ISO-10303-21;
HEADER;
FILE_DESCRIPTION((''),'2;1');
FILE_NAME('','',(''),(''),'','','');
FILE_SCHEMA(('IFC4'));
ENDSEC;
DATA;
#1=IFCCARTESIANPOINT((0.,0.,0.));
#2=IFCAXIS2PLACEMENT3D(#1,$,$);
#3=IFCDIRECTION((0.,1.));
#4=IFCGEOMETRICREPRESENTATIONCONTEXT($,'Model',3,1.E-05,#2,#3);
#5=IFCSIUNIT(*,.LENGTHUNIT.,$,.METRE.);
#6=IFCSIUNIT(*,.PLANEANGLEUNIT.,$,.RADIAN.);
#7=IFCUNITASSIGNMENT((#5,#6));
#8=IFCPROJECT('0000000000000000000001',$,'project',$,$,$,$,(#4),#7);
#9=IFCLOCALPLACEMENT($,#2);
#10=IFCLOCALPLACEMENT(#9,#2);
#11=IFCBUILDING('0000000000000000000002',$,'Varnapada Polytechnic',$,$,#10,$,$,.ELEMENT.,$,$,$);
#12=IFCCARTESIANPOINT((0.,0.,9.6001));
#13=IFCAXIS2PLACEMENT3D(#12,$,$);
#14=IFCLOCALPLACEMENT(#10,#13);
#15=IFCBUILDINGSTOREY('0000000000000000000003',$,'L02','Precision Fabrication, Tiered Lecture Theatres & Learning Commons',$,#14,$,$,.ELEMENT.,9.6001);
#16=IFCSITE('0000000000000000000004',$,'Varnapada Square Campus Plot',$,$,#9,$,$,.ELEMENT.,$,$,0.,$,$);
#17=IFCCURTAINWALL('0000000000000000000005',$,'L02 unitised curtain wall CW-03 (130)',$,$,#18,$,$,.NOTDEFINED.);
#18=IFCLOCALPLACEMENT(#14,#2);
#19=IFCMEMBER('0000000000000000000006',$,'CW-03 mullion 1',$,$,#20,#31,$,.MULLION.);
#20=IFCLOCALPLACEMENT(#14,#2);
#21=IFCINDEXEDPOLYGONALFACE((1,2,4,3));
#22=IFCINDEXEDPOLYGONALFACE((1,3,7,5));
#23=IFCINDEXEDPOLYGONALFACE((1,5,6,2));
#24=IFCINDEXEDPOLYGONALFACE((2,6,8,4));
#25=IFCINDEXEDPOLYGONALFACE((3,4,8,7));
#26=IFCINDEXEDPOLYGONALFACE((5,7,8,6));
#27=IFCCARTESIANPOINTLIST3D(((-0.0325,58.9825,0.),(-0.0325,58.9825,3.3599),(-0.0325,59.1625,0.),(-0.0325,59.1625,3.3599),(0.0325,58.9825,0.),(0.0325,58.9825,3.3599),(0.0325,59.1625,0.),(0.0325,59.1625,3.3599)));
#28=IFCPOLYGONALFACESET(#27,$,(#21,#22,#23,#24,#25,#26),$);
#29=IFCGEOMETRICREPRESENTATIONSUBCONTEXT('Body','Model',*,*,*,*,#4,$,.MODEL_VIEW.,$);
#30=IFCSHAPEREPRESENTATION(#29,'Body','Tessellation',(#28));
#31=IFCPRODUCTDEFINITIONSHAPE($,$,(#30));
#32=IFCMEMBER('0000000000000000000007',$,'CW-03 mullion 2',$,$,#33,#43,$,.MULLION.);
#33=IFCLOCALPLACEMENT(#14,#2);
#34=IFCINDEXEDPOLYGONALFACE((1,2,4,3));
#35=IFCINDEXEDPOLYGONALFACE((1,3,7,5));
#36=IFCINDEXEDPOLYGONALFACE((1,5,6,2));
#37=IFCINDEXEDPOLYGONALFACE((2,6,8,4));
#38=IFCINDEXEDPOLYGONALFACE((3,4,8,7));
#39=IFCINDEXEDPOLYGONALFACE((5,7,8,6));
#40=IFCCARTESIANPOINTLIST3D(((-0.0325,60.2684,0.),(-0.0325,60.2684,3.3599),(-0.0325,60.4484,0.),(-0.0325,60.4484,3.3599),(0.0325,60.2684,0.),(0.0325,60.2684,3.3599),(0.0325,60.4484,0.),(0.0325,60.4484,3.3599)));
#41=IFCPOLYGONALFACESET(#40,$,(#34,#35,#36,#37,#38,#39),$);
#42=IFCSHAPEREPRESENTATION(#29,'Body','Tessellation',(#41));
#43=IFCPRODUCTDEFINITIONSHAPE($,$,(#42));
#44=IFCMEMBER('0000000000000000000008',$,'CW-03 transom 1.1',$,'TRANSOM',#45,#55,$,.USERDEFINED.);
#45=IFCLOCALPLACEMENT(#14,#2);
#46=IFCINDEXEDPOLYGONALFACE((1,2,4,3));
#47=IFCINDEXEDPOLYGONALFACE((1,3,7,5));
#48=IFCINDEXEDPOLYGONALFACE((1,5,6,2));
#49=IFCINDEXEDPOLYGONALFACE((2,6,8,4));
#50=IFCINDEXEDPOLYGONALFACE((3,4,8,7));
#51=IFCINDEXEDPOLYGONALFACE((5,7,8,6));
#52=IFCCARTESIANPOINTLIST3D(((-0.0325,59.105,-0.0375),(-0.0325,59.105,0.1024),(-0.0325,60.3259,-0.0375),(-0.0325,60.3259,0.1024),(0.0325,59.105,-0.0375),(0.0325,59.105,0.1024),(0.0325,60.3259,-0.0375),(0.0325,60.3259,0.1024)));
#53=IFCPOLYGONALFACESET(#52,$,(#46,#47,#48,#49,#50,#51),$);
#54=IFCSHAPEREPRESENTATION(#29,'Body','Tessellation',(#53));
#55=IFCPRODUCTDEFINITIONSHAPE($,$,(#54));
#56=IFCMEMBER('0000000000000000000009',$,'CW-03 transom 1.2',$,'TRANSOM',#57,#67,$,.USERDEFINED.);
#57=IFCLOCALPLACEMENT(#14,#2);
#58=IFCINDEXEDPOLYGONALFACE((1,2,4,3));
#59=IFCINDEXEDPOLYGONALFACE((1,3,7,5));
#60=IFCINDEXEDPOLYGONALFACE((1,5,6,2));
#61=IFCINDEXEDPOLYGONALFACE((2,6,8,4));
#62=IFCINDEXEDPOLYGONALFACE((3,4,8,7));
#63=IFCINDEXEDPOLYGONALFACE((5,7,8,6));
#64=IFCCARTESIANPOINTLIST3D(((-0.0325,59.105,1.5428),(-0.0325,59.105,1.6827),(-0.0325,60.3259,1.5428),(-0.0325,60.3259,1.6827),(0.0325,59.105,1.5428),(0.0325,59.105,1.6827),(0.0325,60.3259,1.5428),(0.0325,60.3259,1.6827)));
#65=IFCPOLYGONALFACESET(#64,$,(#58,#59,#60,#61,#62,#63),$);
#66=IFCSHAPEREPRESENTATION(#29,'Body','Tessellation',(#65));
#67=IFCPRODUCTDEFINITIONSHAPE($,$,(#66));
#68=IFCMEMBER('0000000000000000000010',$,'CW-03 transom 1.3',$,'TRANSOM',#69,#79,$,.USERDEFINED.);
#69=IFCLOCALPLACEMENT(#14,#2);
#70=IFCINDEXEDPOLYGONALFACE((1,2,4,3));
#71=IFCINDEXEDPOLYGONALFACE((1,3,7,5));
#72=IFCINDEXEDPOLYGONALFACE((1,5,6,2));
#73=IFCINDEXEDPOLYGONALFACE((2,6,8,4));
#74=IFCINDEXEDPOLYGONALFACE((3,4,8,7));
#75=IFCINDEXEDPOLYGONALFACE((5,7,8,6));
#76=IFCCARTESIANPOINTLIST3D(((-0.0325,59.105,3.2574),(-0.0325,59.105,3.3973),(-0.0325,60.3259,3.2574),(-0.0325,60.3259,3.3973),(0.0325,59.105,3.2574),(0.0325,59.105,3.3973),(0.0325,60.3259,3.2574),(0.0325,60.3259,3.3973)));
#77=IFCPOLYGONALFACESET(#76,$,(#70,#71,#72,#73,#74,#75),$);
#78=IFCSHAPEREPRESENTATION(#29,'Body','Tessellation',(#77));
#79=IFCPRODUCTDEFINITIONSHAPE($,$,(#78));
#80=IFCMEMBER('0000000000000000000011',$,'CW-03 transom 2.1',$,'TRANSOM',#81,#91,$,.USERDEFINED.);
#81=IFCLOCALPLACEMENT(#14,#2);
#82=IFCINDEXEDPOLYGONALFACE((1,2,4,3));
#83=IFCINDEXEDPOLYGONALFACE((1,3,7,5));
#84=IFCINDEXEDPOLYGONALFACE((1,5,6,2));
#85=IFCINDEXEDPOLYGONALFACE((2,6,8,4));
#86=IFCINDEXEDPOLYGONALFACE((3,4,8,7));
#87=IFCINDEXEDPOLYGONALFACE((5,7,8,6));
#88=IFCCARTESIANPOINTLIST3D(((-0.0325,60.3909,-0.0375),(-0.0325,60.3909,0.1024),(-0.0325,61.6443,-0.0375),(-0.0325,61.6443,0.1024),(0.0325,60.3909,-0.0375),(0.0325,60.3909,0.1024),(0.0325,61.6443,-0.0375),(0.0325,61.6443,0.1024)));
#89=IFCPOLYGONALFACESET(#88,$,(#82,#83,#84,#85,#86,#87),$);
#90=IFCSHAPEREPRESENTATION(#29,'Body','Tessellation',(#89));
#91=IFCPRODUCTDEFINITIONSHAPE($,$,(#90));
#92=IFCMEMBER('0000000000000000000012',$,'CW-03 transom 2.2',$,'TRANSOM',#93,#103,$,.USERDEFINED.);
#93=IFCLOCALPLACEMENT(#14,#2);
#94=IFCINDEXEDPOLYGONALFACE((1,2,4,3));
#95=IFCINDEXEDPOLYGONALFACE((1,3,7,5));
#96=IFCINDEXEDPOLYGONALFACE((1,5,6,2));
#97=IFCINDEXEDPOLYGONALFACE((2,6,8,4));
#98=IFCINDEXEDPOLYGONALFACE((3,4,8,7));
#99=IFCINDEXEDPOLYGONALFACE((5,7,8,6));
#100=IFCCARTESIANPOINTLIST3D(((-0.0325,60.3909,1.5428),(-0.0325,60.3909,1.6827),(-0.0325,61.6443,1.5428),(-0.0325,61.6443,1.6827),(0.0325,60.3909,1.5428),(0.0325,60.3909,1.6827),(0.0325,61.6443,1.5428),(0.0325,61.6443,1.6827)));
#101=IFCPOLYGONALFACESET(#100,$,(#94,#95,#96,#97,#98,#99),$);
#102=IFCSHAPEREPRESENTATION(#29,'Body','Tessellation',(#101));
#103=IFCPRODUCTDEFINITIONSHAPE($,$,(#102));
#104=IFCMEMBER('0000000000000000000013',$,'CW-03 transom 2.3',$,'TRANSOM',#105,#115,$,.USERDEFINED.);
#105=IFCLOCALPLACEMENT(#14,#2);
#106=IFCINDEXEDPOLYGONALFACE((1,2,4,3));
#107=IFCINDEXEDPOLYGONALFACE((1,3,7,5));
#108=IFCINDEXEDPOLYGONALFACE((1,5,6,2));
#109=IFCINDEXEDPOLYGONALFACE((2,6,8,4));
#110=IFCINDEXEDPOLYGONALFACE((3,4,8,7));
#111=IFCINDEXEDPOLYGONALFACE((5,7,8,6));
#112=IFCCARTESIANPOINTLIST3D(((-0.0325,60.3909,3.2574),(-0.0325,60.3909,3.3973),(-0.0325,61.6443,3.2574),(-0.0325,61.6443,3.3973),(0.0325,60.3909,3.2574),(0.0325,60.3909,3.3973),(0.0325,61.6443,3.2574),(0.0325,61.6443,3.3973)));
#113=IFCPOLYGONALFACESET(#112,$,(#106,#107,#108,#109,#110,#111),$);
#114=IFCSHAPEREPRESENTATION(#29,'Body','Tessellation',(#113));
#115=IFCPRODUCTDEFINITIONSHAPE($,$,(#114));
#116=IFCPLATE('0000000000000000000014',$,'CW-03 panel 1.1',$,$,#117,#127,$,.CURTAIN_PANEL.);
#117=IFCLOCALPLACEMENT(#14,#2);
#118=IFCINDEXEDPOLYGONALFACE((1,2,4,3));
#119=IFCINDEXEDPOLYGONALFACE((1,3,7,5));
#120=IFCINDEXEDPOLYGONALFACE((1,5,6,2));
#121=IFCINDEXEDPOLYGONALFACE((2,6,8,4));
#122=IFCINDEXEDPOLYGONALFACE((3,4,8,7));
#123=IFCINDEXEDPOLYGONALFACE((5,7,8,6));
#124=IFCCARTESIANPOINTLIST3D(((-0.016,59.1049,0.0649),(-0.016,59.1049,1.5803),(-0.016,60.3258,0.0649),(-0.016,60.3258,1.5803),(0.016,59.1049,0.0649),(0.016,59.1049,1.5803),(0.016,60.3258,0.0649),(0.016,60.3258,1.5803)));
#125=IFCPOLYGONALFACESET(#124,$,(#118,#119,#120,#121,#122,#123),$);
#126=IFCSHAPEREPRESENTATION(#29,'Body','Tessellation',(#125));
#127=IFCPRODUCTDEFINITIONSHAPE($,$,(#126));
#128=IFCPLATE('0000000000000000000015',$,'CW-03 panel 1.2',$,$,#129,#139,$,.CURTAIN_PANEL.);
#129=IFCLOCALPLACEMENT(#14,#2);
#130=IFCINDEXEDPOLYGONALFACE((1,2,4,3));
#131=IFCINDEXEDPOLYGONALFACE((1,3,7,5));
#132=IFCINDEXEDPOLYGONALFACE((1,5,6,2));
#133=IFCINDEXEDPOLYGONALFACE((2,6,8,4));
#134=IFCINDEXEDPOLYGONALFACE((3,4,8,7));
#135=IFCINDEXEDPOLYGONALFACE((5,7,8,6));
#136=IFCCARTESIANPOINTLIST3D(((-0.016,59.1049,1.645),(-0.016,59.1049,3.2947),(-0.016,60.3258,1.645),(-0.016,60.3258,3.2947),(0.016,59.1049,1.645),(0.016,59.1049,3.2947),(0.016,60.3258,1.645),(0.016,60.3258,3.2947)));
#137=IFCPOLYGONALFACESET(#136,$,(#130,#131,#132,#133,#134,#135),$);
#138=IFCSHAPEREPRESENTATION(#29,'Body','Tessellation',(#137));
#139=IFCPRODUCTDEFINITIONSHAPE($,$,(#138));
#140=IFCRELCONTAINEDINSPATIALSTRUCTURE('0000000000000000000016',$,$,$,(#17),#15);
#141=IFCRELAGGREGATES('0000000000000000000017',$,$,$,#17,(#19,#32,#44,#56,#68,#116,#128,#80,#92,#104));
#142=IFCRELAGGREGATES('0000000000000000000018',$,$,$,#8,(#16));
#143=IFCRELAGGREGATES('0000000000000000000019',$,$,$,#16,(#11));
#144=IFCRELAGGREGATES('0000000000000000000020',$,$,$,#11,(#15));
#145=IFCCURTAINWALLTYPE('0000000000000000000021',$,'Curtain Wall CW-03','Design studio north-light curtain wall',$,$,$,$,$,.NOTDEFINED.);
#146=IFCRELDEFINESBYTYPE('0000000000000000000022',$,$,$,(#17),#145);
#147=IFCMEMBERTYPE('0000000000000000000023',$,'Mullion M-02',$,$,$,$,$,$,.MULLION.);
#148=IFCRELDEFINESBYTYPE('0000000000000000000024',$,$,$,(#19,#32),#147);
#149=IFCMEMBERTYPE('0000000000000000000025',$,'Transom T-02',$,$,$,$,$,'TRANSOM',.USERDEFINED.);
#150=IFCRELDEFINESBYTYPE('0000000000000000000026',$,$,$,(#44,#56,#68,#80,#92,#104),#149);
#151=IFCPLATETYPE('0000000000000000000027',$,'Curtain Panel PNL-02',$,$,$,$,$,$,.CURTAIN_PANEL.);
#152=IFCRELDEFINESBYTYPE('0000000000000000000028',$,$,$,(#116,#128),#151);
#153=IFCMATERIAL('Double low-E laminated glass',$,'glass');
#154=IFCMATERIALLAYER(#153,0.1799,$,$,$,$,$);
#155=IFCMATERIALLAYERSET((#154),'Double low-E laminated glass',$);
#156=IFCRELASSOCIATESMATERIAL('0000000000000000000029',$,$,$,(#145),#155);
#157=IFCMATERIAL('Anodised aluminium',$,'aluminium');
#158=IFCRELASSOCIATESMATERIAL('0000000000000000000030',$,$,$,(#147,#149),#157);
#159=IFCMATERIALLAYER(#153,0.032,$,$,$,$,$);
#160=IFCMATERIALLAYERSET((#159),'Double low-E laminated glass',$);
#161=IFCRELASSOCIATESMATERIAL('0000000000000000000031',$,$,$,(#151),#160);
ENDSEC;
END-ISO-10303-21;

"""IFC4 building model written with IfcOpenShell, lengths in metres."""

from ifc_helpers import new_model, si_unit, direction, frame, origin, origin_2d, place, context, subcontext, project, spatial, rectangle, extrude, material, layer, layer_set, material_profile, profile_set, type_object, element, aggregate, save


model = new_model("IFC4")

# Units and contexts
model_context = context("Model", 3, precision=1e-05, world=origin(), true_north=direction((0.0, 1.0)))
body_context = subcontext(model_context, "Body", "Model", "MODEL_VIEW")
ifc_project = project(units=[si_unit("LENGTHUNIT", "METRE"), si_unit("PLANEANGLEUNIT", "RADIAN")], contexts=[model_context])

# Site, building, storey
site_placement = place(None, origin())
site = spatial("IfcSite", under=ifc_project, at=site_placement, Name="Varnapada Square Campus Plot", CompositionType="ELEMENT", RefElevation=0.0)
building_placement = place(site_placement, origin())
building = spatial("IfcBuilding", under=site, at=building_placement, Name="Varnapada Polytechnic", CompositionType="ELEMENT")
storey_placement = place(building_placement, frame((0.0, 0.0, 9.6001)))
storey = spatial("IfcBuildingStorey", under=building, at=storey_placement, Name="L02", Description="Precision Fabrication, Tiered Lecture Theatres & Learning Commons", CompositionType="ELEMENT", Elevation=9.6001)

# Curtain wall, members, plates
ifc_material_1 = material(Name="Double low-E laminated glass", Category="glass")
ifc_layer_1 = layer(ifc_material_1, 0.1799)
ifc_layer_set_1 = layer_set([ifc_layer_1], Name="Double low-E laminated glass")
curtain_wall_type = type_object("IfcCurtainWallType", Name="Curtain Wall CW-03", Description="Design studio north-light curtain wall", PredefinedType="NOTDEFINED", material=ifc_layer_set_1)
curtain_wall_placement = place(storey_placement, origin())
curtain_wall = element("IfcCurtainWall", 1, at=curtain_wall_placement, inside=storey, type_object=curtain_wall_type, Name="L02 unitised curtain wall CW-03 (130)", PredefinedType="NOTDEFINED")
ifc_material_2 = material(Name="Anodised aluminium", Category="aluminium")
ifc_material_profile_1 = material_profile(ifc_material_2, rectangle(XDim=0.0649, YDim=0.1799, at=origin_2d()), Name="ALU M65x180")
ifc_profile_set_1 = profile_set([ifc_material_profile_1], Name="Anodised aluminium")
member_type_1 = type_object("IfcMemberType", Name="Mullion M-02", PredefinedType="MULLION", material=ifc_profile_set_1)
member_1_placement = place(storey_placement, frame((0.0, 59.0725, 0.0), z_axis=(0.0, 0.0, 1.0), x_axis=(-1.0, 0.0, 0.0)))
member_1 = element("IfcMember", 2, at=member_1_placement, type_object=member_type_1, Name="CW-03 mullion 1", PredefinedType="MULLION", context=body_context, shape_type="SweptSolid", body=[
    extrude(rectangle(XDim=0.0649, YDim=0.1799, at=origin_2d()), origin(), (0.0, 0.0, 1.0), 3.3599),
])
member_2_placement = place(storey_placement, frame((0.0, 60.3584, 0.0), z_axis=(0.0, 0.0, 1.0), x_axis=(-1.0, 0.0, 0.0)))
member_2 = element("IfcMember", 3, at=member_2_placement, type_object=member_type_1, Name="CW-03 mullion 2", PredefinedType="MULLION", context=body_context, shape_type="SweptSolid", body=[
    extrude(rectangle(XDim=0.0649, YDim=0.1799, at=origin_2d()), origin(), (0.0, 0.0, 1.0), 3.3599),
])
ifc_material_profile_2 = material_profile(ifc_material_2, rectangle(XDim=0.0649, YDim=0.1399, at=origin_2d()), Name="ALU T65x140")
ifc_profile_set_2 = profile_set([ifc_material_profile_2], Name="Anodised aluminium")
member_type_2 = type_object("IfcMemberType", Name="Transom T-02", ElementType="TRANSOM", PredefinedType="USERDEFINED", material=ifc_profile_set_2)
member_3_placement = place(storey_placement, frame((0.0, 59.105, 0.0325), z_axis=(0.0, 1.0, 0.0), x_axis=(-1.0, 0.0, 0.0)))
member_3 = element("IfcMember", 4, at=member_3_placement, type_object=member_type_2, Name="CW-03 transom 1.1", ObjectType="TRANSOM", PredefinedType="USERDEFINED", context=body_context, shape_type="SweptSolid", body=[
    extrude(rectangle(XDim=0.0649, YDim=0.1399, at=origin_2d()), origin(), (0.0, 0.0, 1.0), 1.2209),
])
member_4_placement = place(storey_placement, frame((0.0, 59.105, 1.6128), z_axis=(0.0, 1.0, 0.0), x_axis=(-1.0, 0.0, 0.0)))
member_4 = element("IfcMember", 5, at=member_4_placement, type_object=member_type_2, Name="CW-03 transom 1.2", ObjectType="TRANSOM", PredefinedType="USERDEFINED", context=body_context, shape_type="SweptSolid", body=[
    extrude(rectangle(XDim=0.0649, YDim=0.1399, at=origin_2d()), origin(), (0.0, 0.0, 1.0), 1.2209),
])
member_5_placement = place(storey_placement, frame((0.0, 59.105, 3.3274), z_axis=(0.0, 1.0, 0.0), x_axis=(-1.0, 0.0, 0.0)))
member_5 = element("IfcMember", 6, at=member_5_placement, type_object=member_type_2, Name="CW-03 transom 1.3", ObjectType="TRANSOM", PredefinedType="USERDEFINED", context=body_context, shape_type="SweptSolid", body=[
    extrude(rectangle(XDim=0.0649, YDim=0.1399, at=origin_2d()), origin(), (0.0, 0.0, 1.0), 1.2209),
])
member_6_placement = place(storey_placement, frame((0.0, 60.3909, 0.0325), z_axis=(0.0, 1.0, 0.0), x_axis=(-1.0, 0.0, 0.0)))
member_6 = element("IfcMember", 7, at=member_6_placement, type_object=member_type_2, Name="CW-03 transom 2.1", ObjectType="TRANSOM", PredefinedType="USERDEFINED", context=body_context, shape_type="SweptSolid", body=[
    extrude(rectangle(XDim=0.0649, YDim=0.1399, at=origin_2d()), origin(), (0.0, 0.0, 1.0), 1.2534),
])
member_7_placement = place(storey_placement, frame((0.0, 60.3909, 1.6128), z_axis=(0.0, 1.0, 0.0), x_axis=(-1.0, 0.0, 0.0)))
member_7 = element("IfcMember", 8, at=member_7_placement, type_object=member_type_2, Name="CW-03 transom 2.2", ObjectType="TRANSOM", PredefinedType="USERDEFINED", context=body_context, shape_type="SweptSolid", body=[
    extrude(rectangle(XDim=0.0649, YDim=0.1399, at=origin_2d()), origin(), (0.0, 0.0, 1.0), 1.2534),
])
member_8_placement = place(storey_placement, frame((0.0, 60.3909, 3.3274), z_axis=(0.0, 1.0, 0.0), x_axis=(-1.0, 0.0, 0.0)))
member_8 = element("IfcMember", 9, at=member_8_placement, type_object=member_type_2, Name="CW-03 transom 2.3", ObjectType="TRANSOM", PredefinedType="USERDEFINED", context=body_context, shape_type="SweptSolid", body=[
    extrude(rectangle(XDim=0.0649, YDim=0.1399, at=origin_2d()), origin(), (0.0, 0.0, 1.0), 1.2534),
])
ifc_layer_2 = layer(ifc_material_1, 0.032)
ifc_layer_set_2 = layer_set([ifc_layer_2], Name="Double low-E laminated glass")
plate_type = type_object("IfcPlateType", Name="Curtain Panel PNL-02", PredefinedType="CURTAIN_PANEL", material=ifc_layer_set_2)
plate_1_placement = place(storey_placement, frame((0.0, 59.7153, 0.0649), z_axis=(0.0, 0.0, 1.0), x_axis=(0.0, 1.0, 0.0)))
plate_1 = element("IfcPlate", 10, at=plate_1_placement, type_object=plate_type, Name="CW-03 panel 1.1", PredefinedType="CURTAIN_PANEL", context=body_context, shape_type="SweptSolid", body=[
    extrude(rectangle(XDim=1.2209, YDim=0.032, at=origin_2d()), origin(), (0.0, 0.0, 1.0), 1.5154),
])
plate_2_placement = place(storey_placement, frame((0.0, 59.7153, 1.645), z_axis=(0.0, 0.0, 1.0), x_axis=(0.0, 1.0, 0.0)))
plate_2 = element("IfcPlate", 11, at=plate_2_placement, type_object=plate_type, Name="CW-03 panel 1.2", PredefinedType="CURTAIN_PANEL", context=body_context, shape_type="SweptSolid", body=[
    extrude(rectangle(XDim=1.2209, YDim=0.032, at=origin_2d()), origin(), (0.0, 0.0, 1.0), 1.6497),
])
aggregate(curtain_wall, [member_1, member_2, member_3, member_4, member_5, plate_1, plate_2, member_6, member_7, member_8])

save(model, "model.ifc")
